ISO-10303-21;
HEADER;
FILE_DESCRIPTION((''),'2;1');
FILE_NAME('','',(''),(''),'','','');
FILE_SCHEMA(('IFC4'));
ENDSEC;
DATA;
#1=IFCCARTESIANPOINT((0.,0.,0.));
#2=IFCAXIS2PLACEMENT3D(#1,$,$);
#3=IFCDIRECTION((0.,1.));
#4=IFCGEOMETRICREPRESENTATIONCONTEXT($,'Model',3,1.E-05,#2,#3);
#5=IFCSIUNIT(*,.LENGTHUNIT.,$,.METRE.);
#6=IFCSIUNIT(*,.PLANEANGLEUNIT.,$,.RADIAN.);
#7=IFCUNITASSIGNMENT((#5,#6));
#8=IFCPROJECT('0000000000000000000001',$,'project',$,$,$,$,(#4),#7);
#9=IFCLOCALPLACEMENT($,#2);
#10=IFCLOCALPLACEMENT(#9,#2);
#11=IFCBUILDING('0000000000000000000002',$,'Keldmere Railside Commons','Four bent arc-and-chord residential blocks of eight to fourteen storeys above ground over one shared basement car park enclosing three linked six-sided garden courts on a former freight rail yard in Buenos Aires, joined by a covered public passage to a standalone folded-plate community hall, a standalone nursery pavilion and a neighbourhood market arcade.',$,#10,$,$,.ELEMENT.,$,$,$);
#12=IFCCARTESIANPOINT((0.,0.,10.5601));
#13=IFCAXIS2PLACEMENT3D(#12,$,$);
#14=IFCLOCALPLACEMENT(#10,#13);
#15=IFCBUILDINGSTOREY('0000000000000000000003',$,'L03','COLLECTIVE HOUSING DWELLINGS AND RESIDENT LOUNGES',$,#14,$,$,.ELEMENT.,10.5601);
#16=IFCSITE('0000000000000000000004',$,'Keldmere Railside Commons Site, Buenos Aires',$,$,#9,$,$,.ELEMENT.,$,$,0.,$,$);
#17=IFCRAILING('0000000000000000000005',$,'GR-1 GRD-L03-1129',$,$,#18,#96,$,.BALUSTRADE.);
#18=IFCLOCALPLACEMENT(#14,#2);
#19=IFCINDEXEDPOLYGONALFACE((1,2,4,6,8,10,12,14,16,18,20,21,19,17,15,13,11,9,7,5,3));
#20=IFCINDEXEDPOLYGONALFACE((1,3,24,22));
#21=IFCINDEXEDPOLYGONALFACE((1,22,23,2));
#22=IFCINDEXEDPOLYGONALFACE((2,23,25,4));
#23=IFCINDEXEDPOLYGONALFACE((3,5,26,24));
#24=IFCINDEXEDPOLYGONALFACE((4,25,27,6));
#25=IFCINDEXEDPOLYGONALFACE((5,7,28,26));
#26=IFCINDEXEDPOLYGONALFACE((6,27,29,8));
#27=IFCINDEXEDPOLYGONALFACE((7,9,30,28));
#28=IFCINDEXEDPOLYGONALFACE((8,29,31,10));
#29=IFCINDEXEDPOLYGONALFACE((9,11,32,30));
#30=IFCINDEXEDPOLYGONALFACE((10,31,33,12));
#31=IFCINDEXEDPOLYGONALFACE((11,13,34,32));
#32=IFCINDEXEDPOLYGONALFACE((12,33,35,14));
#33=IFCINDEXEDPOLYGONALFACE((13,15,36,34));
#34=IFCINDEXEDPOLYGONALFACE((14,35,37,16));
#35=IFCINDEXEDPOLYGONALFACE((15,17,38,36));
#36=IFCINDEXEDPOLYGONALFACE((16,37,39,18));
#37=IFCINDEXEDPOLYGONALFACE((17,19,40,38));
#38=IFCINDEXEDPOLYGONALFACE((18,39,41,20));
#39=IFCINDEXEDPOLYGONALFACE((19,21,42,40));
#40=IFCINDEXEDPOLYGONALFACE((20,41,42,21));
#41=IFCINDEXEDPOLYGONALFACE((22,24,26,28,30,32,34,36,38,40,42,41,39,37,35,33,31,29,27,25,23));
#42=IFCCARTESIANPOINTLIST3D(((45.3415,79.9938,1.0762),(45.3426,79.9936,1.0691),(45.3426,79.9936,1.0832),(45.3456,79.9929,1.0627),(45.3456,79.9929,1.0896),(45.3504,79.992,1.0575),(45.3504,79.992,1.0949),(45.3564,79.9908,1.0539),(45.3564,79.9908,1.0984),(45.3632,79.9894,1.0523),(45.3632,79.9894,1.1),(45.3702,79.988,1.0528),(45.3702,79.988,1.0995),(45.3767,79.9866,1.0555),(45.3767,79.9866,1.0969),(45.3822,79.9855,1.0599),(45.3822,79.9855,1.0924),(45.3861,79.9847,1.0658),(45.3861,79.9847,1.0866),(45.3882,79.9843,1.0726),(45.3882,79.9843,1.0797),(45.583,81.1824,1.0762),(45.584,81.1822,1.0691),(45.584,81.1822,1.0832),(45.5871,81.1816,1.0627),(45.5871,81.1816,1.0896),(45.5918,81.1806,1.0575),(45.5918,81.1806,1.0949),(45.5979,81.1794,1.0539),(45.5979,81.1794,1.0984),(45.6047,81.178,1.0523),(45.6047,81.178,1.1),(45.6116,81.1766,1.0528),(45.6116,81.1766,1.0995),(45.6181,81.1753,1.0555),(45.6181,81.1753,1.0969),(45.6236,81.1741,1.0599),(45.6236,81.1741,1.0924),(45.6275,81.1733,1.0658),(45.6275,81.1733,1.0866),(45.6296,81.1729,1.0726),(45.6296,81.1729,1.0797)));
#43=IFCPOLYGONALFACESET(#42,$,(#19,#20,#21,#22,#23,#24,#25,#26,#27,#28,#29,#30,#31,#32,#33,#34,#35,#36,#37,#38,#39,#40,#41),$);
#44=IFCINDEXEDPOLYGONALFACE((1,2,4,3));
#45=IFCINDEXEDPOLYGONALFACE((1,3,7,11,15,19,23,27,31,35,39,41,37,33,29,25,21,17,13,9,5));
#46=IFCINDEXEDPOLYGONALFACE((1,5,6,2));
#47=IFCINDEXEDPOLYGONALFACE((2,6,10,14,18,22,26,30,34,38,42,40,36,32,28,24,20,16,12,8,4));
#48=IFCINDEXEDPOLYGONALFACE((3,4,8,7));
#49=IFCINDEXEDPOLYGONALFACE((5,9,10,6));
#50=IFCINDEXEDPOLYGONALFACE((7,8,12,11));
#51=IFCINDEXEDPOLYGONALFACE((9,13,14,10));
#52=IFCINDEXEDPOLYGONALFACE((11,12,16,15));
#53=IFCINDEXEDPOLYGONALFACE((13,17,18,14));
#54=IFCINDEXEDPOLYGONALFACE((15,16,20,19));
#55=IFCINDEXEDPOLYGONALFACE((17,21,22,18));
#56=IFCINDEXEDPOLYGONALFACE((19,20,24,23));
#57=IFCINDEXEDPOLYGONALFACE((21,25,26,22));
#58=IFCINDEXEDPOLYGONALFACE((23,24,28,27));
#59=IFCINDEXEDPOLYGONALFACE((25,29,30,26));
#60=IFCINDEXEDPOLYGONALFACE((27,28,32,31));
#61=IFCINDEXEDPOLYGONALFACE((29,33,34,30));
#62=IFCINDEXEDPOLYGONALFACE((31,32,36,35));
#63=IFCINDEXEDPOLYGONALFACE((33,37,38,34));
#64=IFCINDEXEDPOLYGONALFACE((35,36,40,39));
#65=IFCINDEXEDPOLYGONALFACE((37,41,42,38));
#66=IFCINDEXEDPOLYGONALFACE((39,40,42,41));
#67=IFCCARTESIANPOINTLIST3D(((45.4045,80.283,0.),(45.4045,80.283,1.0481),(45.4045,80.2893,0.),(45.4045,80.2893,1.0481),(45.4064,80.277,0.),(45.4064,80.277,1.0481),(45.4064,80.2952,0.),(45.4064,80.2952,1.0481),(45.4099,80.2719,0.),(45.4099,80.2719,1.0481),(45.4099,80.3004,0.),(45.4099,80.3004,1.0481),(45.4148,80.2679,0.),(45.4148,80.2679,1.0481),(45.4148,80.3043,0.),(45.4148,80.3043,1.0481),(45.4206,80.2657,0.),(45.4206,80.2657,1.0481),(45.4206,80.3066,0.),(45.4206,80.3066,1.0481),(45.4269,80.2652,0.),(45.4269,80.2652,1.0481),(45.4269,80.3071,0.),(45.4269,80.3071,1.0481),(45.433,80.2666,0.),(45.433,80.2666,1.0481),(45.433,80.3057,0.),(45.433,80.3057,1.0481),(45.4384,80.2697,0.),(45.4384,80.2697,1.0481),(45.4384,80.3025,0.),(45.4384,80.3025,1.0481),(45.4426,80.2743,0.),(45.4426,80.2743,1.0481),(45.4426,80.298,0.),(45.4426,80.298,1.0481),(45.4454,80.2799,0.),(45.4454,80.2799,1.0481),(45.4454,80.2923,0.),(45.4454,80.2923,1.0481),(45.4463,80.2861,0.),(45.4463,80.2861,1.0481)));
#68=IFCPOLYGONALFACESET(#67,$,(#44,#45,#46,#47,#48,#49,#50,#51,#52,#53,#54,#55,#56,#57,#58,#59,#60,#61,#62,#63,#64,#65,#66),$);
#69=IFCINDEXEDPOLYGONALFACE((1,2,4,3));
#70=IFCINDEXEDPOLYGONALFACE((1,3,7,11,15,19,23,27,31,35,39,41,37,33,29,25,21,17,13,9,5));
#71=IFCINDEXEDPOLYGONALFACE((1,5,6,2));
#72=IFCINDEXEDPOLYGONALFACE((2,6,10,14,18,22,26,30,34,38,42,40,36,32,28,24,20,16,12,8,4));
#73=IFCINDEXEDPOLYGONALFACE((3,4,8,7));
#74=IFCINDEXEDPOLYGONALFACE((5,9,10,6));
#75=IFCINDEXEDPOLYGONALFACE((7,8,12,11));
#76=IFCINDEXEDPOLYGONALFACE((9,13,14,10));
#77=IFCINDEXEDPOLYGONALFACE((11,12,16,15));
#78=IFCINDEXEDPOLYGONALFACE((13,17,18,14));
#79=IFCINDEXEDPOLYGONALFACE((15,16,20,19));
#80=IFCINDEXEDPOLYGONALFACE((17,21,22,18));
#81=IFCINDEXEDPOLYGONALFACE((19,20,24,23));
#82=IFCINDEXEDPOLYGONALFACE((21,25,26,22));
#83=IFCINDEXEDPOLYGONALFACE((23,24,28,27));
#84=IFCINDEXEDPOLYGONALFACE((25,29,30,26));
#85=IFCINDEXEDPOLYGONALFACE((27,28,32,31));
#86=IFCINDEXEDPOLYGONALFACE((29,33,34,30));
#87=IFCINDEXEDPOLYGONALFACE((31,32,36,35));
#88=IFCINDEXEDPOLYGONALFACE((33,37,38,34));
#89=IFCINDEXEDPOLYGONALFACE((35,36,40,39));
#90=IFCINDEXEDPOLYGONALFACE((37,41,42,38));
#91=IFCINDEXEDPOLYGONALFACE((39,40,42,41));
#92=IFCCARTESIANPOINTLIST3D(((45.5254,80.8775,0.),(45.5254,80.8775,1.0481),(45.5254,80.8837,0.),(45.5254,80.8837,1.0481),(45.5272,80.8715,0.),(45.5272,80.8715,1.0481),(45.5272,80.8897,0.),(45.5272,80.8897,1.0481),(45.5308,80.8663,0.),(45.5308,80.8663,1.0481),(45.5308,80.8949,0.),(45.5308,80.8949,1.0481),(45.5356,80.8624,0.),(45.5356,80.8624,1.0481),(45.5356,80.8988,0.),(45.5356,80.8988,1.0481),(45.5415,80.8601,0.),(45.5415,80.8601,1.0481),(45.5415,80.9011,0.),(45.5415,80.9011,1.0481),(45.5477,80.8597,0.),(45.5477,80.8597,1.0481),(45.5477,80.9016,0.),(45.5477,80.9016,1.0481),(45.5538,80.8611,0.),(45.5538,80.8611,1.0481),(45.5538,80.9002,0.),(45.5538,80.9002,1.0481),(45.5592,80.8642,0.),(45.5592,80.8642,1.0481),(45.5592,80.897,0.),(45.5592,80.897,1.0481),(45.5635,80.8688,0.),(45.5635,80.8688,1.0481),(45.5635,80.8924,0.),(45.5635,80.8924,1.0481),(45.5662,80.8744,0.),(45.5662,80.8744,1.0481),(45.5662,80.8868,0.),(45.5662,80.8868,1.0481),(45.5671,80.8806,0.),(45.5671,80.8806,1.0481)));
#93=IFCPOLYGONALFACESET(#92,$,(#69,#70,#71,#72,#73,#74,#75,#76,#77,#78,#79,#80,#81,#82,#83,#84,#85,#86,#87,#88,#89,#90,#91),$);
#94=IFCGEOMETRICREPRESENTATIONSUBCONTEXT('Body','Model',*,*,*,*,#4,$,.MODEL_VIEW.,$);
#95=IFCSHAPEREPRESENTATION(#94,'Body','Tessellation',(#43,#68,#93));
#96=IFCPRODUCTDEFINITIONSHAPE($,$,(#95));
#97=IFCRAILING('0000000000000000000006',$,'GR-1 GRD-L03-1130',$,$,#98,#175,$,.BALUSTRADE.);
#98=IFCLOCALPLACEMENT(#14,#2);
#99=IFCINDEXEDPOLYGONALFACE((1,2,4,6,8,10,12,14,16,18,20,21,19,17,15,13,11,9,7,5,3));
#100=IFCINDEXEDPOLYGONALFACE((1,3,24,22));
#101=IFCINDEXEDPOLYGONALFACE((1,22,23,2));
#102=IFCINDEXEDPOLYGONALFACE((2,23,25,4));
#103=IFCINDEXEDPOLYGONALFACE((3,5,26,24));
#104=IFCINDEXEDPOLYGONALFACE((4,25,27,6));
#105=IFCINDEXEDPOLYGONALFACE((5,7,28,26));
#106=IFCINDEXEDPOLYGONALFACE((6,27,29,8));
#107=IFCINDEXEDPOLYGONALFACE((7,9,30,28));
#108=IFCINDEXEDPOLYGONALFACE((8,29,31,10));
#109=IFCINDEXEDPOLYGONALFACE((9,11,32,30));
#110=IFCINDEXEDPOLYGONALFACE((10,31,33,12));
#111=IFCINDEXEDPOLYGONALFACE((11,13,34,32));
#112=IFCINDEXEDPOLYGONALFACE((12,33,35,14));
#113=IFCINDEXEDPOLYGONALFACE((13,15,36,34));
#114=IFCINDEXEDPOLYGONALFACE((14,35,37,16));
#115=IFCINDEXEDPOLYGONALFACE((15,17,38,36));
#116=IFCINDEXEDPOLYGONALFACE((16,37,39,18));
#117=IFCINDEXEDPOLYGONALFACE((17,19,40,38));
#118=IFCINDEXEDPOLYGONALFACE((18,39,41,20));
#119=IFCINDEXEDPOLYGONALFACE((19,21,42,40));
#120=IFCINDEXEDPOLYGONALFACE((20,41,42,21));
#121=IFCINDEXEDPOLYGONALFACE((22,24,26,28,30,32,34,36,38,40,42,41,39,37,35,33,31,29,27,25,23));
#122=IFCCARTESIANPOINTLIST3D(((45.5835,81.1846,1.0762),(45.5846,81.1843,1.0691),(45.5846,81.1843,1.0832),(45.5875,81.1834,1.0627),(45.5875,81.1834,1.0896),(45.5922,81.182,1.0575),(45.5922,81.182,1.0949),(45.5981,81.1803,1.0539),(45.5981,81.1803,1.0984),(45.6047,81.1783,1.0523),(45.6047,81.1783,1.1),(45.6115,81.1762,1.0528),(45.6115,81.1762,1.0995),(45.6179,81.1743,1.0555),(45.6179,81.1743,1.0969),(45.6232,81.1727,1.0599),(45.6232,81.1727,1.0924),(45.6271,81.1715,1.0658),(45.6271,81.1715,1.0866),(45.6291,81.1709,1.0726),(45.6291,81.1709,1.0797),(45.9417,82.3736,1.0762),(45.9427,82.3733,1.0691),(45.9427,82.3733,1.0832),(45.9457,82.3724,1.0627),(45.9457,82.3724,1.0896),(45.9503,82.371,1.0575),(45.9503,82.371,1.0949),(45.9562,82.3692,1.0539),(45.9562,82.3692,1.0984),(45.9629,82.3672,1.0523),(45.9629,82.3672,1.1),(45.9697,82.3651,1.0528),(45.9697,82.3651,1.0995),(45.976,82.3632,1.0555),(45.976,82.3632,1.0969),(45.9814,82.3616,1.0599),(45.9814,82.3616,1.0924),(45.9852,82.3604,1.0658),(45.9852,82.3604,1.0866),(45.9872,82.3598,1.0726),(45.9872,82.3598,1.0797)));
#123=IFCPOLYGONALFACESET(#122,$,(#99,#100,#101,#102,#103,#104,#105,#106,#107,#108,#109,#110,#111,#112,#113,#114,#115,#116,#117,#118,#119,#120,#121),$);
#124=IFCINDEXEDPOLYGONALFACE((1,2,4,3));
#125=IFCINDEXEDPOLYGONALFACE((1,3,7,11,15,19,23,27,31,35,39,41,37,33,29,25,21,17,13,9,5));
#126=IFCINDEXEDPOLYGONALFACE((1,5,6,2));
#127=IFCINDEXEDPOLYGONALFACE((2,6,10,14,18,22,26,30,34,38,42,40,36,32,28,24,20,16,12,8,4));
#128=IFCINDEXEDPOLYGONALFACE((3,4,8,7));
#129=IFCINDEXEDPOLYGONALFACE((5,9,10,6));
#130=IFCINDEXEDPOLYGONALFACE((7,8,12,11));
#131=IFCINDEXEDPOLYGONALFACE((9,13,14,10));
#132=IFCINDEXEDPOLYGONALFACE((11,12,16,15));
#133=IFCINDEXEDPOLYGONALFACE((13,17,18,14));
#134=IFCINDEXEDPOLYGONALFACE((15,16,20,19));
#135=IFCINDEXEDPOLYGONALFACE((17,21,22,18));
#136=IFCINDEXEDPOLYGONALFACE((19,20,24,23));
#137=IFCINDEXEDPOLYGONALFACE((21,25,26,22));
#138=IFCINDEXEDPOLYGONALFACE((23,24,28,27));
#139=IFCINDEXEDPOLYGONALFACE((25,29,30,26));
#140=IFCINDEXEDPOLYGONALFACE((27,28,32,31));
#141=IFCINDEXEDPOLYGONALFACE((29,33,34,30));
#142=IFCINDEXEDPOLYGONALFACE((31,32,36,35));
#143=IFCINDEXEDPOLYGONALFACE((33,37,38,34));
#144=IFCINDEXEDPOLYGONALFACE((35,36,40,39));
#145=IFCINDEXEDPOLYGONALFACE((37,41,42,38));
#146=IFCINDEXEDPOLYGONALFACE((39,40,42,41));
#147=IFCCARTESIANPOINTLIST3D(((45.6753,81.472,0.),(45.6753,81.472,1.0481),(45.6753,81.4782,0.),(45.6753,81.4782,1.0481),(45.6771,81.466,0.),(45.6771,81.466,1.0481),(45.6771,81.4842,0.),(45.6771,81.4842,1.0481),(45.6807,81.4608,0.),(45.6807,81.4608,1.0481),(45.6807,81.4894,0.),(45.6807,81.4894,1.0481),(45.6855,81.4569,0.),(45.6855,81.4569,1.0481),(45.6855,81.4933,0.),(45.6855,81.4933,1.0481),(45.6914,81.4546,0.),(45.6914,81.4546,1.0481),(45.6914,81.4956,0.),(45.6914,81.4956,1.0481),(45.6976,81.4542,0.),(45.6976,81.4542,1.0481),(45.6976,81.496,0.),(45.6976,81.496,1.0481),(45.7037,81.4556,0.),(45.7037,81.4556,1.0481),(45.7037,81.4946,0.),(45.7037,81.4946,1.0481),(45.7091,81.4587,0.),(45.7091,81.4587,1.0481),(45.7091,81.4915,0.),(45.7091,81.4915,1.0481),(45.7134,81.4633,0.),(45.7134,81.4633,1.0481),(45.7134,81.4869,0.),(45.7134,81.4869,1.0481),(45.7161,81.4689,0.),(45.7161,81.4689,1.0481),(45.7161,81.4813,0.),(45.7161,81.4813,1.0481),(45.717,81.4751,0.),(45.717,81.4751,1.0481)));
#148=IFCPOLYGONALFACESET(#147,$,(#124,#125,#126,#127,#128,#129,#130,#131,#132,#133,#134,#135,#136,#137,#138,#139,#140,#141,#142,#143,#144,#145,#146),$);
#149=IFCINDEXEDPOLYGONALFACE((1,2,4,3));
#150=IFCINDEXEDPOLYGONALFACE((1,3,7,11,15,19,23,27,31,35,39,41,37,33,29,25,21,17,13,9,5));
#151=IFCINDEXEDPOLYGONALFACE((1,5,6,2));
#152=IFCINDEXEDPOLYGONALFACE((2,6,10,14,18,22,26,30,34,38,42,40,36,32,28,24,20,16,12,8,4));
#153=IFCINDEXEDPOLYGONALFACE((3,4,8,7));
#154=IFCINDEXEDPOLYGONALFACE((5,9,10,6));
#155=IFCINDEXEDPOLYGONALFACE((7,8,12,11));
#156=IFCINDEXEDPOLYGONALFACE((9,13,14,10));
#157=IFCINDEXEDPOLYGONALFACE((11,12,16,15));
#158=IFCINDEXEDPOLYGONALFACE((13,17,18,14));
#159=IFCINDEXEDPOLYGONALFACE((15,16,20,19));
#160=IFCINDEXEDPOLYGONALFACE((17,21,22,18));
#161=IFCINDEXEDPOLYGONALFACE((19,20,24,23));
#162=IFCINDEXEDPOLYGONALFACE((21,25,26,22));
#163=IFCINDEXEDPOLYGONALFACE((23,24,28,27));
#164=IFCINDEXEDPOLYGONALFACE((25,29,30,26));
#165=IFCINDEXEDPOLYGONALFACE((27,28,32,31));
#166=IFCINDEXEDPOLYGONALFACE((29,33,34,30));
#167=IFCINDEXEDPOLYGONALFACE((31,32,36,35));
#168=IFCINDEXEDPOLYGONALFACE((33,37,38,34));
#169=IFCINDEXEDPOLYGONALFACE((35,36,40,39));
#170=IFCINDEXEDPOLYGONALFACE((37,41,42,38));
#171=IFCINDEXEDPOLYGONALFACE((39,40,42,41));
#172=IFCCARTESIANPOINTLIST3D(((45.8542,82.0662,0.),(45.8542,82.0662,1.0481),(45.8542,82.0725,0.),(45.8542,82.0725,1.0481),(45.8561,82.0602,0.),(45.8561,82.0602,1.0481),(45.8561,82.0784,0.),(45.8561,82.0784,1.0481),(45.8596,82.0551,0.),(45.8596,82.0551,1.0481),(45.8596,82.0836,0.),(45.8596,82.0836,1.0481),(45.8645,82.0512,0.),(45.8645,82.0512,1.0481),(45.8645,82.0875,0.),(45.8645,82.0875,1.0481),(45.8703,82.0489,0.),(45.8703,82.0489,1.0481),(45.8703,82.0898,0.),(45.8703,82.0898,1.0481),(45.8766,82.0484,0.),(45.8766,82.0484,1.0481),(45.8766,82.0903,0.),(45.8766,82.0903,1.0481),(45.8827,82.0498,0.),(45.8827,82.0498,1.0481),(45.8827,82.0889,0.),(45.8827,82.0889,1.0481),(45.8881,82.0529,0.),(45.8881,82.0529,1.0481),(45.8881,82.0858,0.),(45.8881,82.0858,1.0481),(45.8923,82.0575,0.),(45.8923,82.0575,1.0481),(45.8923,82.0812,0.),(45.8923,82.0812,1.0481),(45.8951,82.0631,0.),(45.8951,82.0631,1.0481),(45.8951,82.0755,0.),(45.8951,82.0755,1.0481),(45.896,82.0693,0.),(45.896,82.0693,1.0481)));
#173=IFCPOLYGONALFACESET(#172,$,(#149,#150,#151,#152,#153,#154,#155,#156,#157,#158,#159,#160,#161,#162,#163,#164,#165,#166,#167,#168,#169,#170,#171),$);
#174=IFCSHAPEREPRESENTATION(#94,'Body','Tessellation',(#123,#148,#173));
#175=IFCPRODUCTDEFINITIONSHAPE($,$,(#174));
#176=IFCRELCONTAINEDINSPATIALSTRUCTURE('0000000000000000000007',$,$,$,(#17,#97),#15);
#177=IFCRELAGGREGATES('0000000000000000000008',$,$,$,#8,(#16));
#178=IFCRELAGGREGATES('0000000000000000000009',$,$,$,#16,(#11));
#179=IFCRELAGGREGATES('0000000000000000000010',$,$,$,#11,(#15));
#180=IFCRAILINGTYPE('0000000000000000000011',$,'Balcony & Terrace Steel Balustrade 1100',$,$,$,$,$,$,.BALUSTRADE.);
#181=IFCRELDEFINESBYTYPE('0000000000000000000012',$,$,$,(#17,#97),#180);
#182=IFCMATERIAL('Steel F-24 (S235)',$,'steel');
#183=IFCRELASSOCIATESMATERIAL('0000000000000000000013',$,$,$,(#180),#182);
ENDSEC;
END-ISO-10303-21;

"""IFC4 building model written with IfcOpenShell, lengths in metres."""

from ifc_helpers import new_model, si_unit, direction, frame, origin, origin_2d, place, context, subcontext, project, spatial, circle, extrude, material, type_object, element, save


model = new_model("IFC4")

# Units and contexts
model_context = context("Model", 3, precision=1e-05, world=origin(), true_north=direction((0.0, 1.0)))
body_context = subcontext(model_context, "Body", "Model", "MODEL_VIEW")
ifc_project = project(units=[si_unit("LENGTHUNIT", "METRE"), si_unit("PLANEANGLEUNIT", "RADIAN")], contexts=[model_context])

# Site, building, storey
site_placement = place(None, origin())
site = spatial("IfcSite", under=ifc_project, at=site_placement, Name="Keldmere Railside Commons Site, Buenos Aires", CompositionType="ELEMENT", RefElevation=0.0)
building_placement = place(site_placement, origin())
building = spatial("IfcBuilding", under=site, at=building_placement, Name="Keldmere Railside Commons", Description="Four bent arc-and-chord residential blocks of eight to fourteen storeys above ground over one shared basement car park enclosing three linked six-sided garden courts on a former freight rail yard in Buenos Aires, joined by a covered public passage to a standalone folded-plate community hall, a standalone nursery pavilion and a neighbourhood market arcade.", CompositionType="ELEMENT")
storey_placement = place(building_placement, frame((0.0, 0.0, 10.5601)))
storey = spatial("IfcBuildingStorey", under=building, at=storey_placement, Name="L03", Description="COLLECTIVE HOUSING DWELLINGS AND RESIDENT LOUNGES", CompositionType="ELEMENT", Elevation=10.5601)

# Railings
ifc_material_1 = material(Name="Steel F-24 (S235)", Category="steel")
railing_type = type_object("IfcRailingType", Name="Balcony & Terrace Steel Balustrade 1100", PredefinedType="BALUSTRADE", material=ifc_material_1)
railing_1_placement = place(storey_placement, frame((45.365, 79.989, 0.0)))
element("IfcRailing", 1, at=railing_1_placement, inside=storey, type_object=railing_type, Name="GR-1 GRD-L03-1129", PredefinedType="BALUSTRADE", context=body_context, shape_type="SweptSolid", body=[
    extrude(circle(Radius=0.0239, at=origin_2d()), frame((0.0, 0.0, 1.0762), z_axis=(0.199057, 0.979988, 0.0), x_axis=(-0.979988, 0.199057, 0.0)), (0.0, 0.0, 1.0), 1.2129),
    extrude(circle(Radius=0.021, at=origin_2d()), frame((0.0603, 0.2971, 0.0)), (0.0, 0.0, 1.0), 1.0481),
    extrude(circle(Radius=0.021, at=origin_2d()), frame((0.1812, 0.8916, 0.0)), (0.0, 0.0, 1.0), 1.0481),
])
railing_2_placement = place(storey_placement, frame((45.6064, 81.1777, 0.0)))
element("IfcRailing", 2, at=railing_2_placement, inside=storey, type_object=railing_type, Name="GR-1 GRD-L03-1130", PredefinedType="BALUSTRADE", context=body_context, shape_type="SweptSolid", body=[
    extrude(circle(Radius=0.0239, at=origin_2d()), frame((0.0, 0.0, 1.0762), z_axis=(0.28843, 0.957501, 0.0), x_axis=(-0.957501, 0.28843, 0.0)), (0.0, 0.0, 1.0), 1.2417),
    extrude(circle(Radius=0.021, at=origin_2d()), frame((0.0896, 0.2974, 0.0)), (0.0, 0.0, 1.0), 1.0481),
    extrude(circle(Radius=0.021, at=origin_2d()), frame((0.2686, 0.8916, 0.0)), (0.0, 0.0, 1.0), 1.0481),
])

save(model, "model.ifc")
